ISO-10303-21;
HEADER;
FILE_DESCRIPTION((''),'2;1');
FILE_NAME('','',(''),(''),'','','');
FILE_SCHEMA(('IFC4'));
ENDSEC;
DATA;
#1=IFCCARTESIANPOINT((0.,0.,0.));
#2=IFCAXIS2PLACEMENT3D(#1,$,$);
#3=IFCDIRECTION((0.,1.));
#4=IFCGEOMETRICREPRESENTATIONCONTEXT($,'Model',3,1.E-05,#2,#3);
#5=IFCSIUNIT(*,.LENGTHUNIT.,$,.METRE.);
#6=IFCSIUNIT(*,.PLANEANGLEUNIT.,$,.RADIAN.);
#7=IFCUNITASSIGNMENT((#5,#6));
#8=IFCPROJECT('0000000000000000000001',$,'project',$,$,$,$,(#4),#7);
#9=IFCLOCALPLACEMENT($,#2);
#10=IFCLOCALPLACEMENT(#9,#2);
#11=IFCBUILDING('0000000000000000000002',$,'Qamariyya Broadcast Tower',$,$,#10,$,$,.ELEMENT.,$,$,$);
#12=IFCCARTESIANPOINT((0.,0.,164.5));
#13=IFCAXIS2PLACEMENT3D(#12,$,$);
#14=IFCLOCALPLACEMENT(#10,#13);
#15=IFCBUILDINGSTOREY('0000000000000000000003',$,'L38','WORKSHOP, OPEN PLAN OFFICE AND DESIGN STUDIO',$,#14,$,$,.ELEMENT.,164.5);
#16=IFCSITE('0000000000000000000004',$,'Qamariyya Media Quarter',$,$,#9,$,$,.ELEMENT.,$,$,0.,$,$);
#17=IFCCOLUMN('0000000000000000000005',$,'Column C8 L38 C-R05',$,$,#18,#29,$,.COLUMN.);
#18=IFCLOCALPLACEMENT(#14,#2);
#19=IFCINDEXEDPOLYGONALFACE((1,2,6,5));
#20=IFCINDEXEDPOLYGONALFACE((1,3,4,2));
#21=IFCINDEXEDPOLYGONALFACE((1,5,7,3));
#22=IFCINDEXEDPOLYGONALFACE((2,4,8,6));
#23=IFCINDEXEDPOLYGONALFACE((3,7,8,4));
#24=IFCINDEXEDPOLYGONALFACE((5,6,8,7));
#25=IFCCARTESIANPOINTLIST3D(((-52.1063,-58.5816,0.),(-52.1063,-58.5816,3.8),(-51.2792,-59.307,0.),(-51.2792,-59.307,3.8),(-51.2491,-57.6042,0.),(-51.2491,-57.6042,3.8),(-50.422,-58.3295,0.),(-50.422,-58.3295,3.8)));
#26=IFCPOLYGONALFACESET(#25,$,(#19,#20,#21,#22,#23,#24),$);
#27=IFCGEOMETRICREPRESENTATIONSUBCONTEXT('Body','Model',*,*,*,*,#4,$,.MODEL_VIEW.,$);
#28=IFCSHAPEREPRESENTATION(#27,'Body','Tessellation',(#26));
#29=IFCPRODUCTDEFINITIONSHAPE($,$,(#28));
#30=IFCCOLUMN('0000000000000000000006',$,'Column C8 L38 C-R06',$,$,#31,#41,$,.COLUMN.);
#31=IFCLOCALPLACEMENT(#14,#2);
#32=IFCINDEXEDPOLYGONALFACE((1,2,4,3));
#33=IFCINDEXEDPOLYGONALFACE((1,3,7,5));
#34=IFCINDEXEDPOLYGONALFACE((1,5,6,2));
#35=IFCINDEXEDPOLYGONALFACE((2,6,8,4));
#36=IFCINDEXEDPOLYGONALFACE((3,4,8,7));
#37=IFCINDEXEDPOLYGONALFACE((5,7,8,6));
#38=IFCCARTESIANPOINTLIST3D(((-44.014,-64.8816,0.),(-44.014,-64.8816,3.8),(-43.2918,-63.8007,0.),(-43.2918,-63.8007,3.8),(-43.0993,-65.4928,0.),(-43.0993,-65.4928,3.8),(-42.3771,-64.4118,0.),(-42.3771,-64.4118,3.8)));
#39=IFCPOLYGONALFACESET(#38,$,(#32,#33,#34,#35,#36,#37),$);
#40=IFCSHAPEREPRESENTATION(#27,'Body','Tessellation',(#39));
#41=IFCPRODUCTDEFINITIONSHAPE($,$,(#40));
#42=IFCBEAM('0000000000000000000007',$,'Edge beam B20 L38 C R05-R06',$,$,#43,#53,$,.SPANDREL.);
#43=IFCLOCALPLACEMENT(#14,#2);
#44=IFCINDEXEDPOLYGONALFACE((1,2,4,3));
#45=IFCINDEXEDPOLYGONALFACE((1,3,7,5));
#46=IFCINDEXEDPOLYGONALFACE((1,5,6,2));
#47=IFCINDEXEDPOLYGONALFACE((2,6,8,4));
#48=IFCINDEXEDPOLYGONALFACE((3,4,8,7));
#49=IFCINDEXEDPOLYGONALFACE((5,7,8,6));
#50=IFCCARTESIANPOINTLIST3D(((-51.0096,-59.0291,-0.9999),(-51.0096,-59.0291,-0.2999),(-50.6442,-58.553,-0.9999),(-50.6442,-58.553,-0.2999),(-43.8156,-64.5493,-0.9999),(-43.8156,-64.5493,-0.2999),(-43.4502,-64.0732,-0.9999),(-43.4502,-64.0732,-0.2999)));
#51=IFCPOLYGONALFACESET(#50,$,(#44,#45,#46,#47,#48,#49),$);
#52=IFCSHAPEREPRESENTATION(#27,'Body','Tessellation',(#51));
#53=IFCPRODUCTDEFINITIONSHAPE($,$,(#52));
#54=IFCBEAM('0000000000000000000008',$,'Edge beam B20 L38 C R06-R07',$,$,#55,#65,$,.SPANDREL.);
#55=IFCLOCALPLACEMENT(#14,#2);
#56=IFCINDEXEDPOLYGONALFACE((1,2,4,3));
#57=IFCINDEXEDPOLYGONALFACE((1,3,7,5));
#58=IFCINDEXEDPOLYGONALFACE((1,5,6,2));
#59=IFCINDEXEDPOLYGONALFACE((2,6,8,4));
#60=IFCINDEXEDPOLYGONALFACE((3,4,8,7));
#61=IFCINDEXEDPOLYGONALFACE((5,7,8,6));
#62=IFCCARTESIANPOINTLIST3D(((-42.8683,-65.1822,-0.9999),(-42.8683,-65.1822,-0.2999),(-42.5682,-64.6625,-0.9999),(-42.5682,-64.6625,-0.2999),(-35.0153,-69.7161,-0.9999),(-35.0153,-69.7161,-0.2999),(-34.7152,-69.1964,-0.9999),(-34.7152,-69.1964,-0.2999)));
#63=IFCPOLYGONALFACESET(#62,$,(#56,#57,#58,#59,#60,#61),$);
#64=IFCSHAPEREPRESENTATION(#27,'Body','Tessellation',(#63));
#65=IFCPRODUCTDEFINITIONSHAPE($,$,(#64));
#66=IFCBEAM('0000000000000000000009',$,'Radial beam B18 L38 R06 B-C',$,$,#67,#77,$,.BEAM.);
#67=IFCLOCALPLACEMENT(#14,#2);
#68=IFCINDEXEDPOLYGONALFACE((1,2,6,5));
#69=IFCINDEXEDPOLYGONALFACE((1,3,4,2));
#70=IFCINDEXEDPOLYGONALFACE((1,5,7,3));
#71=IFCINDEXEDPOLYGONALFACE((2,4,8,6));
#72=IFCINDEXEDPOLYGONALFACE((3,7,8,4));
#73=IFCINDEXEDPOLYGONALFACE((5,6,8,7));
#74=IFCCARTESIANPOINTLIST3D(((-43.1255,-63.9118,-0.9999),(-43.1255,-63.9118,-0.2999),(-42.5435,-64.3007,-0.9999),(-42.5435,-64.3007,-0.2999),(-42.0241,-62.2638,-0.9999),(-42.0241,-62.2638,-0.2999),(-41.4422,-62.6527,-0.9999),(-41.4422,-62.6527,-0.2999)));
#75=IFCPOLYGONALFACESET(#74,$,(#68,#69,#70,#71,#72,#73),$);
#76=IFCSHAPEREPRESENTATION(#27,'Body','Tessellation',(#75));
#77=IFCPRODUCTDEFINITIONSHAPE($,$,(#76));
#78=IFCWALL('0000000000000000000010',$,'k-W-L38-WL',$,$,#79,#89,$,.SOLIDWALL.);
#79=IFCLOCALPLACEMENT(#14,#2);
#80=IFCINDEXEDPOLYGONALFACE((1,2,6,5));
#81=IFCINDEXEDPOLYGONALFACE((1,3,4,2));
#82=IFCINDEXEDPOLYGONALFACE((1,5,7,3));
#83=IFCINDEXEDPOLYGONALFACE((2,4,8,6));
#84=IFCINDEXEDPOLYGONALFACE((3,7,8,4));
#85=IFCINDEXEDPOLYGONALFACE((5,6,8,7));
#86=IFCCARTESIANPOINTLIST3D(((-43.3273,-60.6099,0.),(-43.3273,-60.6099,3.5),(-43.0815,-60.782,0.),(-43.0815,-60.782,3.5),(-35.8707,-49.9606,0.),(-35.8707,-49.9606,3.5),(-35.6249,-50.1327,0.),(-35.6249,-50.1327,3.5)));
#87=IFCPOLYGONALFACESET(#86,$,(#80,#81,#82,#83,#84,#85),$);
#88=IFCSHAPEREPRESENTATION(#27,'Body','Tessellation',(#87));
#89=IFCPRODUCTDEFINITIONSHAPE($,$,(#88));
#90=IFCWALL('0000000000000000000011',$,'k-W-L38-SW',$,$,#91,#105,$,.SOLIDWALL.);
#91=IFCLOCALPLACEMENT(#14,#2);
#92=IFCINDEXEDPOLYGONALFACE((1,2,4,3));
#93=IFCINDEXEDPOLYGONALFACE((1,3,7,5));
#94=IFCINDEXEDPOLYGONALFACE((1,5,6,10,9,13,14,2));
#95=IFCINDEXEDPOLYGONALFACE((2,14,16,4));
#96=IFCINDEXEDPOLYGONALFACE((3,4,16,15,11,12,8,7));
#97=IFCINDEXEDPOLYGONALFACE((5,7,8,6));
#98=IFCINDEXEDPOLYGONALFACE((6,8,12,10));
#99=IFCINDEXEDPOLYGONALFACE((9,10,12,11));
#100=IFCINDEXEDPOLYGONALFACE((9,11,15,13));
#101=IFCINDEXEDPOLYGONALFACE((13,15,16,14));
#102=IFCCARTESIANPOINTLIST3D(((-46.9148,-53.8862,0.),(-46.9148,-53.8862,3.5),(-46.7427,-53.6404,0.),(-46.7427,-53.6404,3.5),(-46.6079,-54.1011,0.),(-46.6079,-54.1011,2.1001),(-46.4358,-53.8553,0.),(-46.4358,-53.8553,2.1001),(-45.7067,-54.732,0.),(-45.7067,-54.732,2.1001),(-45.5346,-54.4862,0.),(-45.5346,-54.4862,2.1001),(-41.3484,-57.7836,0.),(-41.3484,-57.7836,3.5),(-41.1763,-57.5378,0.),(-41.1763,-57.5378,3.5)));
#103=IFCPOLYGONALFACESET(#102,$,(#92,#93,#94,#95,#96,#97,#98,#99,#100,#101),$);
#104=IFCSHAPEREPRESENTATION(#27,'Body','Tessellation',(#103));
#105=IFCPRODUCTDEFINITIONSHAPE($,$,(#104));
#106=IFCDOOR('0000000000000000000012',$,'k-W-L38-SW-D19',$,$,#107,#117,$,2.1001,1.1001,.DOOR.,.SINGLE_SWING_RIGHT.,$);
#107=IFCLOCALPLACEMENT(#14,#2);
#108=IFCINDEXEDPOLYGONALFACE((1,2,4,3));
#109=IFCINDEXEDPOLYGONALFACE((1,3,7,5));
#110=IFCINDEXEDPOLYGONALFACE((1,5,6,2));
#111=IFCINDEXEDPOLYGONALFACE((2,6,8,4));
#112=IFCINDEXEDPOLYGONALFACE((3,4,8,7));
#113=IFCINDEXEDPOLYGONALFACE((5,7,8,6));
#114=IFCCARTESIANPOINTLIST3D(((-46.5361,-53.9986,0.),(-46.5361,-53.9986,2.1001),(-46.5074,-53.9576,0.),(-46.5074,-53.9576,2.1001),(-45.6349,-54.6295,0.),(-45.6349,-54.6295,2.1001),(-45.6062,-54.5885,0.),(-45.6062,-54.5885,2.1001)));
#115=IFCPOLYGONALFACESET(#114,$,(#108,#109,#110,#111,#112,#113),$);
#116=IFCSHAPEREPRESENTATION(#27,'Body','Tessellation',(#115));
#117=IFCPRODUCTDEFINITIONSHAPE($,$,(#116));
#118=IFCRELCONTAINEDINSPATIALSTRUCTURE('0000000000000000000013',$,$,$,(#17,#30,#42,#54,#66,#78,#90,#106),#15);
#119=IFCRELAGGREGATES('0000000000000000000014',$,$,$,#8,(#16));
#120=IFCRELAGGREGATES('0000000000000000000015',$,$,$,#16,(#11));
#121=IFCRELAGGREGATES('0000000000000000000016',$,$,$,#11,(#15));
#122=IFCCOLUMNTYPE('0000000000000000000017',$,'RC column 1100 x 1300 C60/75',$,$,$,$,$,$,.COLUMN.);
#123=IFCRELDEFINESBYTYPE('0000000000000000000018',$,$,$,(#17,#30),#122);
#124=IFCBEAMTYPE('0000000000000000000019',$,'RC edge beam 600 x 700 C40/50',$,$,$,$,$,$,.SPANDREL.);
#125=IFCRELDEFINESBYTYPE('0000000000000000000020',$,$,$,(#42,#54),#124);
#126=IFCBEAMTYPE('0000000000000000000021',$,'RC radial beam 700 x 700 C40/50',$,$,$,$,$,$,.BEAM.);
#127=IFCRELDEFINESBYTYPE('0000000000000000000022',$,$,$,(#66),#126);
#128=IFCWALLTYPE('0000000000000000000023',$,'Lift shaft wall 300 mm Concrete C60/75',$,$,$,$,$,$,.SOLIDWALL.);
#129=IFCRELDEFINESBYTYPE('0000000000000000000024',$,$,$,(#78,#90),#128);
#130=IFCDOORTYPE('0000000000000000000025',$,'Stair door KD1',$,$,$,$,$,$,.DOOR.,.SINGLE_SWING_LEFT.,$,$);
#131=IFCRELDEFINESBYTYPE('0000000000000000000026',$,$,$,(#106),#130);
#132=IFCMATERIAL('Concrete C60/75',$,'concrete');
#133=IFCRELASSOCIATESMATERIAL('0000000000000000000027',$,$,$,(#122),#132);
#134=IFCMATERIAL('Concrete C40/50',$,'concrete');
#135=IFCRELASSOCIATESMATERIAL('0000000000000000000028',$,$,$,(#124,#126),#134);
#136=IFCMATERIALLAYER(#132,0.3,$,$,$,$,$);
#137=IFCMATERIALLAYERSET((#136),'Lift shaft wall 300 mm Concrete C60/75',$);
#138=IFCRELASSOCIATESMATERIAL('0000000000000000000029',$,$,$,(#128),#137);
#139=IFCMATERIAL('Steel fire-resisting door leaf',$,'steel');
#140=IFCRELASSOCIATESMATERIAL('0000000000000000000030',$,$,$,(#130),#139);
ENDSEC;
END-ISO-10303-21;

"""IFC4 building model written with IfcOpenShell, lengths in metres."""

from ifc_helpers import new_model, si_unit, direction, frame, frame_2d, origin, origin_2d, place, context, subcontext, project, spatial, rectangle, extrude, material, layer, layer_set, material_profile, profile_set, type_object, element, fill, save


model = new_model("IFC4")

# Units and contexts
model_context = context("Model", 3, precision=1e-05, world=origin(), true_north=direction((0.0, 1.0)))
body_context = subcontext(model_context, "Body", "Model", "MODEL_VIEW")
ifc_project = project(units=[si_unit("LENGTHUNIT", "METRE"), si_unit("PLANEANGLEUNIT", "RADIAN")], contexts=[model_context])

# Site, building, storey
site_placement = place(None, origin())
site = spatial("IfcSite", under=ifc_project, at=site_placement, Name="Qamariyya Media Quarter", CompositionType="ELEMENT", RefElevation=0.0)
building_placement = place(site_placement, origin())
building = spatial("IfcBuilding", under=site, at=building_placement, Name="Qamariyya Broadcast Tower", CompositionType="ELEMENT")
storey_placement = place(building_placement, frame((0.0, 0.0, 164.5)))
storey = spatial("IfcBuildingStorey", under=building, at=storey_placement, Name="L38", Description="WORKSHOP, OPEN PLAN OFFICE AND DESIGN STUDIO", CompositionType="ELEMENT", Elevation=164.5)

# Columns
ifc_material_1 = material(Name="Concrete C60/75", Category="concrete")
ifc_material_profile_1 = material_profile(ifc_material_1, rectangle(XDim=1.1001, YDim=1.3, at=origin_2d()))
ifc_profile_set_1 = profile_set([ifc_material_profile_1], Name="Concrete C60/75")
column_type = type_object("IfcColumnType", Name="RC column 1100 x 1300 C60/75", PredefinedType="COLUMN", material=ifc_profile_set_1)
for number, where, z_axis, x_axis, name in (
    (1, (-51.2642, -58.4556, 0.0), (0.0, 0.0, 1.0), (0.75184, -0.659346, 0.0), "Column C8 L38 C-R05"),
    (2, (-43.1956, -64.6467, 0.0), (0.0, 0.0, 1.0), (0.83147, -0.55557, 0.0), "Column C8 L38 C-R06"),
):
    element("IfcColumn", number, at=place(storey_placement, frame(where, z_axis=z_axis, x_axis=x_axis)), inside=storey, type_object=column_type, Name=name, PredefinedType="COLUMN", context=body_context, shape_type="SweptSolid", body=[
        extrude(rectangle(XDim=1.1001, YDim=1.3, at=origin_2d()), origin(), (0.0, 0.0, 1.0), 3.8),
    ])

# Beams
ifc_material_2 = material(Name="Concrete C40/50", Category="concrete")
ifc_material_profile_2 = material_profile(ifc_material_2, rectangle(XDim=0.6001, YDim=0.7, at=origin_2d()))
ifc_profile_set_2 = profile_set([ifc_material_profile_2], Name="Concrete C40/50")
beam_type_1 = type_object("IfcBeamType", Name="RC edge beam 600 x 700 C40/50", PredefinedType="SPANDREL", material=ifc_profile_set_2)
for number, where, z_axis, x_axis, name in (
    (3, (-50.8269, -58.791, -0.6499), (0.793351, -0.608764, 0.0), (0.608764, 0.793351, 0.0), "Edge beam B20 L38 C R05-R06"),
    (4, (-42.7183, -64.9224, -0.6499), (0.866026, -0.499999, 0.0), (0.499999, 0.866026, 0.0), "Edge beam B20 L38 C R06-R07"),
):
    element("IfcBeam", number, at=place(storey_placement, frame(where, z_axis=z_axis, x_axis=x_axis)), inside=storey, type_object=beam_type_1, Name=name, PredefinedType="SPANDREL", context=body_context, shape_type="SweptSolid", body=[
        extrude(rectangle(XDim=0.6001, YDim=0.7, at=origin_2d()), origin(), (0.0, 0.0, 1.0), 9.0679),
    ])
ifc_material_profile_3 = material_profile(ifc_material_2, rectangle(XDim=0.7, YDim=0.7, at=origin_2d()))
ifc_profile_set_3 = profile_set([ifc_material_profile_3], Name="Concrete C40/50")
beam_type_2 = type_object("IfcBeamType", Name="RC radial beam 700 x 700 C40/50", PredefinedType="BEAM", material=ifc_profile_set_3)
beam_placement = place(storey_placement, frame((-41.7332, -62.4583, -0.6499), z_axis=(-0.555638, -0.831424, 0.0), x_axis=(0.831424, -0.555638, 0.0)))
element("IfcBeam", 5, at=beam_placement, inside=storey, type_object=beam_type_2, Name="Radial beam B18 L38 R06 B-C", PredefinedType="BEAM", context=body_context, shape_type="SweptSolid", body=[
    extrude(rectangle(XDim=0.7, YDim=0.7, at=origin_2d()), origin(), (0.0, 0.0, 1.0), 1.9822),
])

# Wall
ifc_layer = layer(ifc_material_1, 0.3)
ifc_layer_set = layer_set([ifc_layer], Name="Lift shaft wall 300 mm Concrete C60/75")
wall_type = type_object("IfcWallType", Name="Lift shaft wall 300 mm Concrete C60/75", PredefinedType="SOLIDWALL", material=ifc_layer_set)
wall_1_placement = place(storey_placement, frame((-43.2043, -60.6958, 0.0), z_axis=(0.0, 0.0, 1.0), x_axis=(0.573572, 0.819155, 0.0)))
element("IfcWall", 6, at=wall_1_placement, inside=storey, type_object=wall_type, Name="k-W-L38-WL", PredefinedType="SOLIDWALL", context=body_context, shape_type="SweptSolid", body=[
    extrude(rectangle(XDim=13.0002, YDim=0.3, at=frame_2d((6.5, 0.0))), origin(), (0.0, 0.0, 1.0), 3.5),
])

# Wall, opening, door
wall_2_placement = place(storey_placement, frame((-41.2625, -57.6606, 0.0), z_axis=(0.0, 0.0, 1.0), x_axis=(-0.819164, 0.573559, 0.0)))
wall_2 = element("IfcWall", 7, at=wall_2_placement, inside=storey, type_object=wall_type, Name="k-W-L38-SW", PredefinedType="SOLIDWALL", context=body_context, shape_type="SweptSolid", body=[
    extrude(rectangle(XDim=6.7952, YDim=0.3, at=frame_2d((3.3975, 0.0))), origin(), (0.0, 0.0, 1.0), 3.5),
])
opening_placement = place(wall_2_placement, frame((5.3203, 0.0, 0.0)))
opening = element("IfcOpeningElement", 8, at=opening_placement, cuts=wall_2, PredefinedType="OPENING", context=body_context, shape_type="SweptSolid", body=[
    extrude(rectangle(XDim=1.1001, YDim=2.1001, at=frame_2d((0.55, 1.05))), frame((0.0, 0.1599, 0.0), z_axis=(0.0, -1.0, 0.0), x_axis=(1.0, 0.0, 0.0)), (0.0, 0.0, 1.0), 0.3201),
])
ifc_material_3 = material(Name="Steel fire-resisting door leaf", Category="steel")
door_type = type_object("IfcDoorType", Name="Stair door KD1", OperationType="SINGLE_SWING_LEFT", PredefinedType="DOOR", material=ifc_material_3)
door_placement = place(opening_placement, origin())
door = element("IfcDoor", 9, at=door_placement, inside=storey, type_object=door_type, Name="k-W-L38-SW-D19", OperationType="SINGLE_SWING_RIGHT", OverallHeight=2.1001, OverallWidth=1.1001, PredefinedType="DOOR", context=body_context, shape_type="SweptSolid", body=[
    extrude(rectangle(XDim=1.1001, YDim=2.1001, at=frame_2d((0.55, 1.05))), frame((0.0, 0.0249, 0.0), z_axis=(0.0, -1.0, 0.0), x_axis=(1.0, 0.0, 0.0)), (0.0, 0.0, 1.0), 0.05),
])
fill(opening, door)

save(model, "model.ifc")
